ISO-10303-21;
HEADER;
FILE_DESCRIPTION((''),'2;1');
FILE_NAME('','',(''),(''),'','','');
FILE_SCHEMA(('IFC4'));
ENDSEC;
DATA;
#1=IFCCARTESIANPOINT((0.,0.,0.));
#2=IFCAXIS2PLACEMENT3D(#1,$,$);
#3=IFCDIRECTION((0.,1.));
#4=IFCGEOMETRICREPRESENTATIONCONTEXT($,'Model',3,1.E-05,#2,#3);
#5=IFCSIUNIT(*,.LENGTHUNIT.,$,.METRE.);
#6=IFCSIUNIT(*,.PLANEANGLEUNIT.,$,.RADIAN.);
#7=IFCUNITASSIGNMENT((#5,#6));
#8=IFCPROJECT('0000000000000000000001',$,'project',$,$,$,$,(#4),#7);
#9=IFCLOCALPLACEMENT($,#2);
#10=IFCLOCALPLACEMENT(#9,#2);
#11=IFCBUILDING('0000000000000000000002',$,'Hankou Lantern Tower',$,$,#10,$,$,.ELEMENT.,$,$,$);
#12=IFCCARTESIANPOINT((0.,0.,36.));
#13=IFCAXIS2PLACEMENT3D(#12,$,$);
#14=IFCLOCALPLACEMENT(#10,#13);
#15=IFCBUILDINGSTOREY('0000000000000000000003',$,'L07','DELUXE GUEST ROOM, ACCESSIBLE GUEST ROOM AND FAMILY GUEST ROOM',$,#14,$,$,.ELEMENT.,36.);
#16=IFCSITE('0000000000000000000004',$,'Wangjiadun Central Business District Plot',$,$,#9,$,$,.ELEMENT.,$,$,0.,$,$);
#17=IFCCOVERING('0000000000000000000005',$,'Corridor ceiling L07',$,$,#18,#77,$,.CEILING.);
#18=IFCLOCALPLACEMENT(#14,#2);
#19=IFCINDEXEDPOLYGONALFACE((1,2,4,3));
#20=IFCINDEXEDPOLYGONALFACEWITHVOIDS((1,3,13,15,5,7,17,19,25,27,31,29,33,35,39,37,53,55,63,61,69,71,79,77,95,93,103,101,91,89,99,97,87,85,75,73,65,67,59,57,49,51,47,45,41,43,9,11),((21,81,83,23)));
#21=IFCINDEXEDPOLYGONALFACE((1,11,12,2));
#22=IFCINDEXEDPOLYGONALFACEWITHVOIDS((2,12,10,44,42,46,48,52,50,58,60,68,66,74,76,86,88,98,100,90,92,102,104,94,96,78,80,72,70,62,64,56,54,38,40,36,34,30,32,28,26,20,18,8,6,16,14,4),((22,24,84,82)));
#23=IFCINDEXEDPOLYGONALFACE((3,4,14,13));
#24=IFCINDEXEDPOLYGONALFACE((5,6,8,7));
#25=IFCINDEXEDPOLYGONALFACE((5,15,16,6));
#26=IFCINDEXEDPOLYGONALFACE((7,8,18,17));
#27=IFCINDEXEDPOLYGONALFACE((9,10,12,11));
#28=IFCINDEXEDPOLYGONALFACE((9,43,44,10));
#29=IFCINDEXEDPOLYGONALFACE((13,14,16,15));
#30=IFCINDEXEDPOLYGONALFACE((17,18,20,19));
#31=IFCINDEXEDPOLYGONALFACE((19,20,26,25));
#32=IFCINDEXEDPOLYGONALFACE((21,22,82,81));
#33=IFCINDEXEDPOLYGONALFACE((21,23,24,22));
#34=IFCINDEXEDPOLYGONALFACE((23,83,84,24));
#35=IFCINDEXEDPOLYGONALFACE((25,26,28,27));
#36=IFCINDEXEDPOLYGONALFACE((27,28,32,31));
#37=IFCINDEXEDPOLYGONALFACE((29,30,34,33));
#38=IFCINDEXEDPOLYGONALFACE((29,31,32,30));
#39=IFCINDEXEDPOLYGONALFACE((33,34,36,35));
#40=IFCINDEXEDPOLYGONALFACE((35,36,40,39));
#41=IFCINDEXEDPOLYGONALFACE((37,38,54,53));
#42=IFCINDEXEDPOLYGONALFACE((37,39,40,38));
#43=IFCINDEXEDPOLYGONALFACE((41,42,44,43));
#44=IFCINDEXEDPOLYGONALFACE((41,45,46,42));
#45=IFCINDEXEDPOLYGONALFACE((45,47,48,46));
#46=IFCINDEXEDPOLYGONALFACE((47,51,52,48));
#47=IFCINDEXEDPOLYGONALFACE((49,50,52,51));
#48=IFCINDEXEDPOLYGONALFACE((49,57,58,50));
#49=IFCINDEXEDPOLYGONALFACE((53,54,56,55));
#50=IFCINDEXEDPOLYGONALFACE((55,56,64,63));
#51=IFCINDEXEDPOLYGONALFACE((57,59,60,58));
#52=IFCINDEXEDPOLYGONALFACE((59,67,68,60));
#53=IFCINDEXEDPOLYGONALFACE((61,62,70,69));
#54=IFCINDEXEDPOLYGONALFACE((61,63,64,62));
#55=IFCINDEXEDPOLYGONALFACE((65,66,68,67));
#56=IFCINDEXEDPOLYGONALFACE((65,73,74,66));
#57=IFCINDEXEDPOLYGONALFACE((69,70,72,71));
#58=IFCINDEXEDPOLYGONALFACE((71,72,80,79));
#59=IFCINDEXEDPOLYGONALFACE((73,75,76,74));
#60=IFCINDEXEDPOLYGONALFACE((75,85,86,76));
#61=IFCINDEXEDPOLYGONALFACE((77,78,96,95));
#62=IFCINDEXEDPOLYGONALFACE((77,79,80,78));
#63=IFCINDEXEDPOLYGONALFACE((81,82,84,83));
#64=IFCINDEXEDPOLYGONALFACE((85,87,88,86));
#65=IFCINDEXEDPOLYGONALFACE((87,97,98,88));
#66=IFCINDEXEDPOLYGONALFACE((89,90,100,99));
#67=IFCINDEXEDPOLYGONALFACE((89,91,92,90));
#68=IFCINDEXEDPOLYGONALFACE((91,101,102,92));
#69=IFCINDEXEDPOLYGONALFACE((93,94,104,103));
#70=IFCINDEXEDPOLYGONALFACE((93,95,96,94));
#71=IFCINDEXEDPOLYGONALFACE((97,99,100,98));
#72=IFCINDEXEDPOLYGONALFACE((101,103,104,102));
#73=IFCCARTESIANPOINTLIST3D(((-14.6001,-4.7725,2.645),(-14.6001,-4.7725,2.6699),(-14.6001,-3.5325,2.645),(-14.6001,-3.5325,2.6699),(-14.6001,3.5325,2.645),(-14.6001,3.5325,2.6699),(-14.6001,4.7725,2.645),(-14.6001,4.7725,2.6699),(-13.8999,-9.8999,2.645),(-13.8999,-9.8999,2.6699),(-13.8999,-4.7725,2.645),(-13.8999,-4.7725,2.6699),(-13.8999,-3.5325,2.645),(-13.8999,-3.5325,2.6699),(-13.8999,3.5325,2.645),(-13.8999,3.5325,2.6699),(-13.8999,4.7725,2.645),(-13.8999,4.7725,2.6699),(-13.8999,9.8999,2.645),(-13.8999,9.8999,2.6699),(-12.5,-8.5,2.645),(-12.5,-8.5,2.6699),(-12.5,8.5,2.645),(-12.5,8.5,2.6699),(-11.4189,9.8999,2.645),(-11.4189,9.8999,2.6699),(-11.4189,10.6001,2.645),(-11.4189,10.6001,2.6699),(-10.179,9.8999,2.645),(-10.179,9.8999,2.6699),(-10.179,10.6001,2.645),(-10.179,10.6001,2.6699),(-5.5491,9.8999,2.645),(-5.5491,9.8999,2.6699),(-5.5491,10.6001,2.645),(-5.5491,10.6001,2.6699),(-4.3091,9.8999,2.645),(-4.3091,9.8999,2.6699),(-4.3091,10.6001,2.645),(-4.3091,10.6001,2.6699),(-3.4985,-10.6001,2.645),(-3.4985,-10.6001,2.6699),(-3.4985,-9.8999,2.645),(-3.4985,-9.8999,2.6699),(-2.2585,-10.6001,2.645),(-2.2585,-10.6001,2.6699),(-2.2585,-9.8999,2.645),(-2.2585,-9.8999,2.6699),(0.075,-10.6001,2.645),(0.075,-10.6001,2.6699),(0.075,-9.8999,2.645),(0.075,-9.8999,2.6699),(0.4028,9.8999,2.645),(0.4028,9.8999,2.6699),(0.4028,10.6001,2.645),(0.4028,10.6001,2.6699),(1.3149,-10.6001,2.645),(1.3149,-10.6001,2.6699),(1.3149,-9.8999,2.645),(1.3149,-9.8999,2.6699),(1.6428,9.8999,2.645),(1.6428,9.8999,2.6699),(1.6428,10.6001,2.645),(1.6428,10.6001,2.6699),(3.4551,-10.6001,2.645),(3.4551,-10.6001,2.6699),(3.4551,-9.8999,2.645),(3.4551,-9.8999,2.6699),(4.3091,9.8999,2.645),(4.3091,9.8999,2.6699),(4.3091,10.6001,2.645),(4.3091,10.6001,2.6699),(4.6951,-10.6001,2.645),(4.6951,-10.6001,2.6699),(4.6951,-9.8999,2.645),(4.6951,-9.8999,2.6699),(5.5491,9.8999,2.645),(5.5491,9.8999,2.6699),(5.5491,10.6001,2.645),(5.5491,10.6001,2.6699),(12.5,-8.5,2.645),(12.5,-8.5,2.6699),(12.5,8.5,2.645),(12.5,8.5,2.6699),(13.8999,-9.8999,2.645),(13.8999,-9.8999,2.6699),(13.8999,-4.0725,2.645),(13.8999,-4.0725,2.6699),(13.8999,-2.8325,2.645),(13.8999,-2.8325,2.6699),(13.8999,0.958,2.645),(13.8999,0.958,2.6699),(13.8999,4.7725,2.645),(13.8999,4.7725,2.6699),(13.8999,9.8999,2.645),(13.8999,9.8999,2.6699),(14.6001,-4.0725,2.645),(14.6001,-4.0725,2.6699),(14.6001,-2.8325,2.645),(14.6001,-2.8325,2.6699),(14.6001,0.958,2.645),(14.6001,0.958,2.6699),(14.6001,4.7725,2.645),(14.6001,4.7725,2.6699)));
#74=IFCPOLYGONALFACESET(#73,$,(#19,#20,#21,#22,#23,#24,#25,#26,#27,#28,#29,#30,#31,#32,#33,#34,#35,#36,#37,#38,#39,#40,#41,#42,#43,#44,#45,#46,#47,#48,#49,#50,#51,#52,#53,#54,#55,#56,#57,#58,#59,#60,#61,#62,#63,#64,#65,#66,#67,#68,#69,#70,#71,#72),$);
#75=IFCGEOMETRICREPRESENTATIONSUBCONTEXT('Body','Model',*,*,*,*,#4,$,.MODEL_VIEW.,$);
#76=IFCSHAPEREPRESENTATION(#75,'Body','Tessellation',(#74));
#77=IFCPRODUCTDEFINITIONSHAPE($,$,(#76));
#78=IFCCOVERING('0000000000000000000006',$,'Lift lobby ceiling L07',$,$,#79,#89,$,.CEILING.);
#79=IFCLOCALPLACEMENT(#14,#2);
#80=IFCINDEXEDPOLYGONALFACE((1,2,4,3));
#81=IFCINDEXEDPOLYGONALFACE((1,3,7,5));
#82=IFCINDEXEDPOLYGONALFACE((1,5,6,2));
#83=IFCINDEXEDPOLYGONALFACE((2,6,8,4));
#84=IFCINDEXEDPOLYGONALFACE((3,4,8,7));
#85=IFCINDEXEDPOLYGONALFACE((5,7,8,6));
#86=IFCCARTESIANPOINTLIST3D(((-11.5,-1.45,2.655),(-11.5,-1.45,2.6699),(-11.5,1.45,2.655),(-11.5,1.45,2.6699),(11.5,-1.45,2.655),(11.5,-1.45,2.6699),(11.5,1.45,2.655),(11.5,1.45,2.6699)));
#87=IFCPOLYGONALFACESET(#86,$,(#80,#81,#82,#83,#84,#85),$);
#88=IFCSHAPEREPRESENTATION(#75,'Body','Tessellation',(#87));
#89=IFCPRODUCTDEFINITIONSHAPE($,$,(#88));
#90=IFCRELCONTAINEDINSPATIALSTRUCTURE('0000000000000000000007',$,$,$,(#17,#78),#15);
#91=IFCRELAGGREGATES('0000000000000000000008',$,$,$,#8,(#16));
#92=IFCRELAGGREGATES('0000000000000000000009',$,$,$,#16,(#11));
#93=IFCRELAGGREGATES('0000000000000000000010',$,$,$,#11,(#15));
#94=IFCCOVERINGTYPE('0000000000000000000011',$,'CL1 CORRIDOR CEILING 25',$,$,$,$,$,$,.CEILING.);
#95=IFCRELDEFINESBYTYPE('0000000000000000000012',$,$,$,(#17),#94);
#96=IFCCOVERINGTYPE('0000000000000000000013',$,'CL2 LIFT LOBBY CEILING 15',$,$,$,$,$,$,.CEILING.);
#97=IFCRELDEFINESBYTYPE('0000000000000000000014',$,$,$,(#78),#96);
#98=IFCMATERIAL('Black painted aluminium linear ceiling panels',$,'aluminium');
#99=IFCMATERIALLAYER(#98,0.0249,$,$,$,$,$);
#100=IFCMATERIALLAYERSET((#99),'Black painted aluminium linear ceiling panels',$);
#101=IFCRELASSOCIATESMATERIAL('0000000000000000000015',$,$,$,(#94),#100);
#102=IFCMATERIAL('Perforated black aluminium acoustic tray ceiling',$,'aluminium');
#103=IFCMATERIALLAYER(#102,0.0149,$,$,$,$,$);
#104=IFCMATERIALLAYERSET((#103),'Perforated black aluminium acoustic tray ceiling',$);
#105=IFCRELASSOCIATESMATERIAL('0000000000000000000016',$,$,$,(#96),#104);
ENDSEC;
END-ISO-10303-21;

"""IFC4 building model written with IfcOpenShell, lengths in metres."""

from ifc_helpers import new_model, si_unit, direction, frame, origin, place, context, subcontext, project, spatial, polyline, outline, extrude, material, layer, layer_set, type_object, element, save


model = new_model("IFC4")

# Units and contexts
model_context = context("Model", 3, precision=1e-05, world=origin(), true_north=direction((0.0, 1.0)))
body_context = subcontext(model_context, "Body", "Model", "MODEL_VIEW")
ifc_project = project(units=[si_unit("LENGTHUNIT", "METRE"), si_unit("PLANEANGLEUNIT", "RADIAN")], contexts=[model_context])

# Site, building, storey
site_placement = place(None, origin())
site = spatial("IfcSite", under=ifc_project, at=site_placement, Name="Wangjiadun Central Business District Plot", CompositionType="ELEMENT", RefElevation=0.0)
building_placement = place(site_placement, origin())
building = spatial("IfcBuilding", under=site, at=building_placement, Name="Hankou Lantern Tower", CompositionType="ELEMENT")
storey_placement = place(building_placement, frame((0.0, 0.0, 36.0)))
storey = spatial("IfcBuildingStorey", under=building, at=storey_placement, Name="L07", Description="DELUXE GUEST ROOM, ACCESSIBLE GUEST ROOM AND FAMILY GUEST ROOM", CompositionType="ELEMENT", Elevation=36.0)

# Coverings
ifc_material_1 = material(Name="Black painted aluminium linear ceiling panels", Category="aluminium")
ifc_layer_1 = layer(ifc_material_1, 0.0249)
ifc_layer_set_1 = layer_set([ifc_layer_1], Name="Black painted aluminium linear ceiling panels")
covering_type_1 = type_object("IfcCoveringType", Name="CL1 CORRIDOR CEILING 25", PredefinedType="CEILING", material=ifc_layer_set_1)
covering_1_placement = place(storey_placement, frame((0.0, 0.0, 2.645)))
element("IfcCovering", 1, at=covering_1_placement, inside=storey, type_object=covering_type_1, Name="Corridor ceiling L07", PredefinedType="CEILING", context=body_context, shape_type="SweptSolid", body=[
    extrude(outline(polyline([(-3.4985, -10.6001), (-2.2585, -10.6001), (-2.2585, -9.8999), (0.075, -9.8999), (0.075, -10.6001), (1.3149, -10.6001), (1.3149, -9.8999), (3.4551, -9.8999), (3.4551, -10.6001), (4.6951, -10.6001), (4.6951, -9.8999), (13.8999, -9.8999), (13.8999, -4.0725), (14.6001, -4.0725), (14.6001, -2.8325), (13.8999, -2.8325), (13.8999, 0.958), (14.6001, 0.958), (14.6001, 4.7725), (13.8999, 4.7725), (13.8999, 9.8999), (5.5491, 9.8999), (5.5491, 10.6001), (4.3091, 10.6001), (4.3091, 9.8999), (1.6428, 9.8999), (1.6428, 10.6001), (0.4028, 10.6001), (0.4028, 9.8999), (-4.3091, 9.8999), (-4.3091, 10.6001), (-5.5491, 10.6001), (-5.5491, 9.8999), (-10.179, 9.8999), (-10.179, 10.6001), (-11.4189, 10.6001), (-11.4189, 9.8999), (-13.8999, 9.8999), (-13.8999, 4.7725), (-14.6001, 4.7725), (-14.6001, 3.5325), (-13.8999, 3.5325), (-13.8999, -3.5325), (-14.6001, -3.5325), (-14.6001, -4.7725), (-13.8999, -4.7725), (-13.8999, -9.8999), (-3.4985, -9.8999), (-3.4985, -10.6001)]), holes=[polyline([(-12.5, 8.5), (12.5, 8.5), (12.5, -8.5), (-12.5, -8.5), (-12.5, 8.5)])]), origin(), (0.0, 0.0, 1.0), 0.0249),
])
ifc_material_2 = material(Name="Perforated black aluminium acoustic tray ceiling", Category="aluminium")
ifc_layer_2 = layer(ifc_material_2, 0.0149)
ifc_layer_set_2 = layer_set([ifc_layer_2], Name="Perforated black aluminium acoustic tray ceiling")
covering_type_2 = type_object("IfcCoveringType", Name="CL2 LIFT LOBBY CEILING 15", PredefinedType="CEILING", material=ifc_layer_set_2)
covering_2_placement = place(storey_placement, frame((0.0, 0.0, 2.655)))
element("IfcCovering", 2, at=covering_2_placement, inside=storey, type_object=covering_type_2, Name="Lift lobby ceiling L07", PredefinedType="CEILING", context=body_context, shape_type="SweptSolid", body=[
    extrude(outline(polyline([(-11.5, -1.45), (11.5, -1.45), (11.5, 1.45), (-11.5, 1.45), (-11.5, -1.45)])), origin(), (0.0, 0.0, 1.0), 0.0149),
])

save(model, "model.ifc")
